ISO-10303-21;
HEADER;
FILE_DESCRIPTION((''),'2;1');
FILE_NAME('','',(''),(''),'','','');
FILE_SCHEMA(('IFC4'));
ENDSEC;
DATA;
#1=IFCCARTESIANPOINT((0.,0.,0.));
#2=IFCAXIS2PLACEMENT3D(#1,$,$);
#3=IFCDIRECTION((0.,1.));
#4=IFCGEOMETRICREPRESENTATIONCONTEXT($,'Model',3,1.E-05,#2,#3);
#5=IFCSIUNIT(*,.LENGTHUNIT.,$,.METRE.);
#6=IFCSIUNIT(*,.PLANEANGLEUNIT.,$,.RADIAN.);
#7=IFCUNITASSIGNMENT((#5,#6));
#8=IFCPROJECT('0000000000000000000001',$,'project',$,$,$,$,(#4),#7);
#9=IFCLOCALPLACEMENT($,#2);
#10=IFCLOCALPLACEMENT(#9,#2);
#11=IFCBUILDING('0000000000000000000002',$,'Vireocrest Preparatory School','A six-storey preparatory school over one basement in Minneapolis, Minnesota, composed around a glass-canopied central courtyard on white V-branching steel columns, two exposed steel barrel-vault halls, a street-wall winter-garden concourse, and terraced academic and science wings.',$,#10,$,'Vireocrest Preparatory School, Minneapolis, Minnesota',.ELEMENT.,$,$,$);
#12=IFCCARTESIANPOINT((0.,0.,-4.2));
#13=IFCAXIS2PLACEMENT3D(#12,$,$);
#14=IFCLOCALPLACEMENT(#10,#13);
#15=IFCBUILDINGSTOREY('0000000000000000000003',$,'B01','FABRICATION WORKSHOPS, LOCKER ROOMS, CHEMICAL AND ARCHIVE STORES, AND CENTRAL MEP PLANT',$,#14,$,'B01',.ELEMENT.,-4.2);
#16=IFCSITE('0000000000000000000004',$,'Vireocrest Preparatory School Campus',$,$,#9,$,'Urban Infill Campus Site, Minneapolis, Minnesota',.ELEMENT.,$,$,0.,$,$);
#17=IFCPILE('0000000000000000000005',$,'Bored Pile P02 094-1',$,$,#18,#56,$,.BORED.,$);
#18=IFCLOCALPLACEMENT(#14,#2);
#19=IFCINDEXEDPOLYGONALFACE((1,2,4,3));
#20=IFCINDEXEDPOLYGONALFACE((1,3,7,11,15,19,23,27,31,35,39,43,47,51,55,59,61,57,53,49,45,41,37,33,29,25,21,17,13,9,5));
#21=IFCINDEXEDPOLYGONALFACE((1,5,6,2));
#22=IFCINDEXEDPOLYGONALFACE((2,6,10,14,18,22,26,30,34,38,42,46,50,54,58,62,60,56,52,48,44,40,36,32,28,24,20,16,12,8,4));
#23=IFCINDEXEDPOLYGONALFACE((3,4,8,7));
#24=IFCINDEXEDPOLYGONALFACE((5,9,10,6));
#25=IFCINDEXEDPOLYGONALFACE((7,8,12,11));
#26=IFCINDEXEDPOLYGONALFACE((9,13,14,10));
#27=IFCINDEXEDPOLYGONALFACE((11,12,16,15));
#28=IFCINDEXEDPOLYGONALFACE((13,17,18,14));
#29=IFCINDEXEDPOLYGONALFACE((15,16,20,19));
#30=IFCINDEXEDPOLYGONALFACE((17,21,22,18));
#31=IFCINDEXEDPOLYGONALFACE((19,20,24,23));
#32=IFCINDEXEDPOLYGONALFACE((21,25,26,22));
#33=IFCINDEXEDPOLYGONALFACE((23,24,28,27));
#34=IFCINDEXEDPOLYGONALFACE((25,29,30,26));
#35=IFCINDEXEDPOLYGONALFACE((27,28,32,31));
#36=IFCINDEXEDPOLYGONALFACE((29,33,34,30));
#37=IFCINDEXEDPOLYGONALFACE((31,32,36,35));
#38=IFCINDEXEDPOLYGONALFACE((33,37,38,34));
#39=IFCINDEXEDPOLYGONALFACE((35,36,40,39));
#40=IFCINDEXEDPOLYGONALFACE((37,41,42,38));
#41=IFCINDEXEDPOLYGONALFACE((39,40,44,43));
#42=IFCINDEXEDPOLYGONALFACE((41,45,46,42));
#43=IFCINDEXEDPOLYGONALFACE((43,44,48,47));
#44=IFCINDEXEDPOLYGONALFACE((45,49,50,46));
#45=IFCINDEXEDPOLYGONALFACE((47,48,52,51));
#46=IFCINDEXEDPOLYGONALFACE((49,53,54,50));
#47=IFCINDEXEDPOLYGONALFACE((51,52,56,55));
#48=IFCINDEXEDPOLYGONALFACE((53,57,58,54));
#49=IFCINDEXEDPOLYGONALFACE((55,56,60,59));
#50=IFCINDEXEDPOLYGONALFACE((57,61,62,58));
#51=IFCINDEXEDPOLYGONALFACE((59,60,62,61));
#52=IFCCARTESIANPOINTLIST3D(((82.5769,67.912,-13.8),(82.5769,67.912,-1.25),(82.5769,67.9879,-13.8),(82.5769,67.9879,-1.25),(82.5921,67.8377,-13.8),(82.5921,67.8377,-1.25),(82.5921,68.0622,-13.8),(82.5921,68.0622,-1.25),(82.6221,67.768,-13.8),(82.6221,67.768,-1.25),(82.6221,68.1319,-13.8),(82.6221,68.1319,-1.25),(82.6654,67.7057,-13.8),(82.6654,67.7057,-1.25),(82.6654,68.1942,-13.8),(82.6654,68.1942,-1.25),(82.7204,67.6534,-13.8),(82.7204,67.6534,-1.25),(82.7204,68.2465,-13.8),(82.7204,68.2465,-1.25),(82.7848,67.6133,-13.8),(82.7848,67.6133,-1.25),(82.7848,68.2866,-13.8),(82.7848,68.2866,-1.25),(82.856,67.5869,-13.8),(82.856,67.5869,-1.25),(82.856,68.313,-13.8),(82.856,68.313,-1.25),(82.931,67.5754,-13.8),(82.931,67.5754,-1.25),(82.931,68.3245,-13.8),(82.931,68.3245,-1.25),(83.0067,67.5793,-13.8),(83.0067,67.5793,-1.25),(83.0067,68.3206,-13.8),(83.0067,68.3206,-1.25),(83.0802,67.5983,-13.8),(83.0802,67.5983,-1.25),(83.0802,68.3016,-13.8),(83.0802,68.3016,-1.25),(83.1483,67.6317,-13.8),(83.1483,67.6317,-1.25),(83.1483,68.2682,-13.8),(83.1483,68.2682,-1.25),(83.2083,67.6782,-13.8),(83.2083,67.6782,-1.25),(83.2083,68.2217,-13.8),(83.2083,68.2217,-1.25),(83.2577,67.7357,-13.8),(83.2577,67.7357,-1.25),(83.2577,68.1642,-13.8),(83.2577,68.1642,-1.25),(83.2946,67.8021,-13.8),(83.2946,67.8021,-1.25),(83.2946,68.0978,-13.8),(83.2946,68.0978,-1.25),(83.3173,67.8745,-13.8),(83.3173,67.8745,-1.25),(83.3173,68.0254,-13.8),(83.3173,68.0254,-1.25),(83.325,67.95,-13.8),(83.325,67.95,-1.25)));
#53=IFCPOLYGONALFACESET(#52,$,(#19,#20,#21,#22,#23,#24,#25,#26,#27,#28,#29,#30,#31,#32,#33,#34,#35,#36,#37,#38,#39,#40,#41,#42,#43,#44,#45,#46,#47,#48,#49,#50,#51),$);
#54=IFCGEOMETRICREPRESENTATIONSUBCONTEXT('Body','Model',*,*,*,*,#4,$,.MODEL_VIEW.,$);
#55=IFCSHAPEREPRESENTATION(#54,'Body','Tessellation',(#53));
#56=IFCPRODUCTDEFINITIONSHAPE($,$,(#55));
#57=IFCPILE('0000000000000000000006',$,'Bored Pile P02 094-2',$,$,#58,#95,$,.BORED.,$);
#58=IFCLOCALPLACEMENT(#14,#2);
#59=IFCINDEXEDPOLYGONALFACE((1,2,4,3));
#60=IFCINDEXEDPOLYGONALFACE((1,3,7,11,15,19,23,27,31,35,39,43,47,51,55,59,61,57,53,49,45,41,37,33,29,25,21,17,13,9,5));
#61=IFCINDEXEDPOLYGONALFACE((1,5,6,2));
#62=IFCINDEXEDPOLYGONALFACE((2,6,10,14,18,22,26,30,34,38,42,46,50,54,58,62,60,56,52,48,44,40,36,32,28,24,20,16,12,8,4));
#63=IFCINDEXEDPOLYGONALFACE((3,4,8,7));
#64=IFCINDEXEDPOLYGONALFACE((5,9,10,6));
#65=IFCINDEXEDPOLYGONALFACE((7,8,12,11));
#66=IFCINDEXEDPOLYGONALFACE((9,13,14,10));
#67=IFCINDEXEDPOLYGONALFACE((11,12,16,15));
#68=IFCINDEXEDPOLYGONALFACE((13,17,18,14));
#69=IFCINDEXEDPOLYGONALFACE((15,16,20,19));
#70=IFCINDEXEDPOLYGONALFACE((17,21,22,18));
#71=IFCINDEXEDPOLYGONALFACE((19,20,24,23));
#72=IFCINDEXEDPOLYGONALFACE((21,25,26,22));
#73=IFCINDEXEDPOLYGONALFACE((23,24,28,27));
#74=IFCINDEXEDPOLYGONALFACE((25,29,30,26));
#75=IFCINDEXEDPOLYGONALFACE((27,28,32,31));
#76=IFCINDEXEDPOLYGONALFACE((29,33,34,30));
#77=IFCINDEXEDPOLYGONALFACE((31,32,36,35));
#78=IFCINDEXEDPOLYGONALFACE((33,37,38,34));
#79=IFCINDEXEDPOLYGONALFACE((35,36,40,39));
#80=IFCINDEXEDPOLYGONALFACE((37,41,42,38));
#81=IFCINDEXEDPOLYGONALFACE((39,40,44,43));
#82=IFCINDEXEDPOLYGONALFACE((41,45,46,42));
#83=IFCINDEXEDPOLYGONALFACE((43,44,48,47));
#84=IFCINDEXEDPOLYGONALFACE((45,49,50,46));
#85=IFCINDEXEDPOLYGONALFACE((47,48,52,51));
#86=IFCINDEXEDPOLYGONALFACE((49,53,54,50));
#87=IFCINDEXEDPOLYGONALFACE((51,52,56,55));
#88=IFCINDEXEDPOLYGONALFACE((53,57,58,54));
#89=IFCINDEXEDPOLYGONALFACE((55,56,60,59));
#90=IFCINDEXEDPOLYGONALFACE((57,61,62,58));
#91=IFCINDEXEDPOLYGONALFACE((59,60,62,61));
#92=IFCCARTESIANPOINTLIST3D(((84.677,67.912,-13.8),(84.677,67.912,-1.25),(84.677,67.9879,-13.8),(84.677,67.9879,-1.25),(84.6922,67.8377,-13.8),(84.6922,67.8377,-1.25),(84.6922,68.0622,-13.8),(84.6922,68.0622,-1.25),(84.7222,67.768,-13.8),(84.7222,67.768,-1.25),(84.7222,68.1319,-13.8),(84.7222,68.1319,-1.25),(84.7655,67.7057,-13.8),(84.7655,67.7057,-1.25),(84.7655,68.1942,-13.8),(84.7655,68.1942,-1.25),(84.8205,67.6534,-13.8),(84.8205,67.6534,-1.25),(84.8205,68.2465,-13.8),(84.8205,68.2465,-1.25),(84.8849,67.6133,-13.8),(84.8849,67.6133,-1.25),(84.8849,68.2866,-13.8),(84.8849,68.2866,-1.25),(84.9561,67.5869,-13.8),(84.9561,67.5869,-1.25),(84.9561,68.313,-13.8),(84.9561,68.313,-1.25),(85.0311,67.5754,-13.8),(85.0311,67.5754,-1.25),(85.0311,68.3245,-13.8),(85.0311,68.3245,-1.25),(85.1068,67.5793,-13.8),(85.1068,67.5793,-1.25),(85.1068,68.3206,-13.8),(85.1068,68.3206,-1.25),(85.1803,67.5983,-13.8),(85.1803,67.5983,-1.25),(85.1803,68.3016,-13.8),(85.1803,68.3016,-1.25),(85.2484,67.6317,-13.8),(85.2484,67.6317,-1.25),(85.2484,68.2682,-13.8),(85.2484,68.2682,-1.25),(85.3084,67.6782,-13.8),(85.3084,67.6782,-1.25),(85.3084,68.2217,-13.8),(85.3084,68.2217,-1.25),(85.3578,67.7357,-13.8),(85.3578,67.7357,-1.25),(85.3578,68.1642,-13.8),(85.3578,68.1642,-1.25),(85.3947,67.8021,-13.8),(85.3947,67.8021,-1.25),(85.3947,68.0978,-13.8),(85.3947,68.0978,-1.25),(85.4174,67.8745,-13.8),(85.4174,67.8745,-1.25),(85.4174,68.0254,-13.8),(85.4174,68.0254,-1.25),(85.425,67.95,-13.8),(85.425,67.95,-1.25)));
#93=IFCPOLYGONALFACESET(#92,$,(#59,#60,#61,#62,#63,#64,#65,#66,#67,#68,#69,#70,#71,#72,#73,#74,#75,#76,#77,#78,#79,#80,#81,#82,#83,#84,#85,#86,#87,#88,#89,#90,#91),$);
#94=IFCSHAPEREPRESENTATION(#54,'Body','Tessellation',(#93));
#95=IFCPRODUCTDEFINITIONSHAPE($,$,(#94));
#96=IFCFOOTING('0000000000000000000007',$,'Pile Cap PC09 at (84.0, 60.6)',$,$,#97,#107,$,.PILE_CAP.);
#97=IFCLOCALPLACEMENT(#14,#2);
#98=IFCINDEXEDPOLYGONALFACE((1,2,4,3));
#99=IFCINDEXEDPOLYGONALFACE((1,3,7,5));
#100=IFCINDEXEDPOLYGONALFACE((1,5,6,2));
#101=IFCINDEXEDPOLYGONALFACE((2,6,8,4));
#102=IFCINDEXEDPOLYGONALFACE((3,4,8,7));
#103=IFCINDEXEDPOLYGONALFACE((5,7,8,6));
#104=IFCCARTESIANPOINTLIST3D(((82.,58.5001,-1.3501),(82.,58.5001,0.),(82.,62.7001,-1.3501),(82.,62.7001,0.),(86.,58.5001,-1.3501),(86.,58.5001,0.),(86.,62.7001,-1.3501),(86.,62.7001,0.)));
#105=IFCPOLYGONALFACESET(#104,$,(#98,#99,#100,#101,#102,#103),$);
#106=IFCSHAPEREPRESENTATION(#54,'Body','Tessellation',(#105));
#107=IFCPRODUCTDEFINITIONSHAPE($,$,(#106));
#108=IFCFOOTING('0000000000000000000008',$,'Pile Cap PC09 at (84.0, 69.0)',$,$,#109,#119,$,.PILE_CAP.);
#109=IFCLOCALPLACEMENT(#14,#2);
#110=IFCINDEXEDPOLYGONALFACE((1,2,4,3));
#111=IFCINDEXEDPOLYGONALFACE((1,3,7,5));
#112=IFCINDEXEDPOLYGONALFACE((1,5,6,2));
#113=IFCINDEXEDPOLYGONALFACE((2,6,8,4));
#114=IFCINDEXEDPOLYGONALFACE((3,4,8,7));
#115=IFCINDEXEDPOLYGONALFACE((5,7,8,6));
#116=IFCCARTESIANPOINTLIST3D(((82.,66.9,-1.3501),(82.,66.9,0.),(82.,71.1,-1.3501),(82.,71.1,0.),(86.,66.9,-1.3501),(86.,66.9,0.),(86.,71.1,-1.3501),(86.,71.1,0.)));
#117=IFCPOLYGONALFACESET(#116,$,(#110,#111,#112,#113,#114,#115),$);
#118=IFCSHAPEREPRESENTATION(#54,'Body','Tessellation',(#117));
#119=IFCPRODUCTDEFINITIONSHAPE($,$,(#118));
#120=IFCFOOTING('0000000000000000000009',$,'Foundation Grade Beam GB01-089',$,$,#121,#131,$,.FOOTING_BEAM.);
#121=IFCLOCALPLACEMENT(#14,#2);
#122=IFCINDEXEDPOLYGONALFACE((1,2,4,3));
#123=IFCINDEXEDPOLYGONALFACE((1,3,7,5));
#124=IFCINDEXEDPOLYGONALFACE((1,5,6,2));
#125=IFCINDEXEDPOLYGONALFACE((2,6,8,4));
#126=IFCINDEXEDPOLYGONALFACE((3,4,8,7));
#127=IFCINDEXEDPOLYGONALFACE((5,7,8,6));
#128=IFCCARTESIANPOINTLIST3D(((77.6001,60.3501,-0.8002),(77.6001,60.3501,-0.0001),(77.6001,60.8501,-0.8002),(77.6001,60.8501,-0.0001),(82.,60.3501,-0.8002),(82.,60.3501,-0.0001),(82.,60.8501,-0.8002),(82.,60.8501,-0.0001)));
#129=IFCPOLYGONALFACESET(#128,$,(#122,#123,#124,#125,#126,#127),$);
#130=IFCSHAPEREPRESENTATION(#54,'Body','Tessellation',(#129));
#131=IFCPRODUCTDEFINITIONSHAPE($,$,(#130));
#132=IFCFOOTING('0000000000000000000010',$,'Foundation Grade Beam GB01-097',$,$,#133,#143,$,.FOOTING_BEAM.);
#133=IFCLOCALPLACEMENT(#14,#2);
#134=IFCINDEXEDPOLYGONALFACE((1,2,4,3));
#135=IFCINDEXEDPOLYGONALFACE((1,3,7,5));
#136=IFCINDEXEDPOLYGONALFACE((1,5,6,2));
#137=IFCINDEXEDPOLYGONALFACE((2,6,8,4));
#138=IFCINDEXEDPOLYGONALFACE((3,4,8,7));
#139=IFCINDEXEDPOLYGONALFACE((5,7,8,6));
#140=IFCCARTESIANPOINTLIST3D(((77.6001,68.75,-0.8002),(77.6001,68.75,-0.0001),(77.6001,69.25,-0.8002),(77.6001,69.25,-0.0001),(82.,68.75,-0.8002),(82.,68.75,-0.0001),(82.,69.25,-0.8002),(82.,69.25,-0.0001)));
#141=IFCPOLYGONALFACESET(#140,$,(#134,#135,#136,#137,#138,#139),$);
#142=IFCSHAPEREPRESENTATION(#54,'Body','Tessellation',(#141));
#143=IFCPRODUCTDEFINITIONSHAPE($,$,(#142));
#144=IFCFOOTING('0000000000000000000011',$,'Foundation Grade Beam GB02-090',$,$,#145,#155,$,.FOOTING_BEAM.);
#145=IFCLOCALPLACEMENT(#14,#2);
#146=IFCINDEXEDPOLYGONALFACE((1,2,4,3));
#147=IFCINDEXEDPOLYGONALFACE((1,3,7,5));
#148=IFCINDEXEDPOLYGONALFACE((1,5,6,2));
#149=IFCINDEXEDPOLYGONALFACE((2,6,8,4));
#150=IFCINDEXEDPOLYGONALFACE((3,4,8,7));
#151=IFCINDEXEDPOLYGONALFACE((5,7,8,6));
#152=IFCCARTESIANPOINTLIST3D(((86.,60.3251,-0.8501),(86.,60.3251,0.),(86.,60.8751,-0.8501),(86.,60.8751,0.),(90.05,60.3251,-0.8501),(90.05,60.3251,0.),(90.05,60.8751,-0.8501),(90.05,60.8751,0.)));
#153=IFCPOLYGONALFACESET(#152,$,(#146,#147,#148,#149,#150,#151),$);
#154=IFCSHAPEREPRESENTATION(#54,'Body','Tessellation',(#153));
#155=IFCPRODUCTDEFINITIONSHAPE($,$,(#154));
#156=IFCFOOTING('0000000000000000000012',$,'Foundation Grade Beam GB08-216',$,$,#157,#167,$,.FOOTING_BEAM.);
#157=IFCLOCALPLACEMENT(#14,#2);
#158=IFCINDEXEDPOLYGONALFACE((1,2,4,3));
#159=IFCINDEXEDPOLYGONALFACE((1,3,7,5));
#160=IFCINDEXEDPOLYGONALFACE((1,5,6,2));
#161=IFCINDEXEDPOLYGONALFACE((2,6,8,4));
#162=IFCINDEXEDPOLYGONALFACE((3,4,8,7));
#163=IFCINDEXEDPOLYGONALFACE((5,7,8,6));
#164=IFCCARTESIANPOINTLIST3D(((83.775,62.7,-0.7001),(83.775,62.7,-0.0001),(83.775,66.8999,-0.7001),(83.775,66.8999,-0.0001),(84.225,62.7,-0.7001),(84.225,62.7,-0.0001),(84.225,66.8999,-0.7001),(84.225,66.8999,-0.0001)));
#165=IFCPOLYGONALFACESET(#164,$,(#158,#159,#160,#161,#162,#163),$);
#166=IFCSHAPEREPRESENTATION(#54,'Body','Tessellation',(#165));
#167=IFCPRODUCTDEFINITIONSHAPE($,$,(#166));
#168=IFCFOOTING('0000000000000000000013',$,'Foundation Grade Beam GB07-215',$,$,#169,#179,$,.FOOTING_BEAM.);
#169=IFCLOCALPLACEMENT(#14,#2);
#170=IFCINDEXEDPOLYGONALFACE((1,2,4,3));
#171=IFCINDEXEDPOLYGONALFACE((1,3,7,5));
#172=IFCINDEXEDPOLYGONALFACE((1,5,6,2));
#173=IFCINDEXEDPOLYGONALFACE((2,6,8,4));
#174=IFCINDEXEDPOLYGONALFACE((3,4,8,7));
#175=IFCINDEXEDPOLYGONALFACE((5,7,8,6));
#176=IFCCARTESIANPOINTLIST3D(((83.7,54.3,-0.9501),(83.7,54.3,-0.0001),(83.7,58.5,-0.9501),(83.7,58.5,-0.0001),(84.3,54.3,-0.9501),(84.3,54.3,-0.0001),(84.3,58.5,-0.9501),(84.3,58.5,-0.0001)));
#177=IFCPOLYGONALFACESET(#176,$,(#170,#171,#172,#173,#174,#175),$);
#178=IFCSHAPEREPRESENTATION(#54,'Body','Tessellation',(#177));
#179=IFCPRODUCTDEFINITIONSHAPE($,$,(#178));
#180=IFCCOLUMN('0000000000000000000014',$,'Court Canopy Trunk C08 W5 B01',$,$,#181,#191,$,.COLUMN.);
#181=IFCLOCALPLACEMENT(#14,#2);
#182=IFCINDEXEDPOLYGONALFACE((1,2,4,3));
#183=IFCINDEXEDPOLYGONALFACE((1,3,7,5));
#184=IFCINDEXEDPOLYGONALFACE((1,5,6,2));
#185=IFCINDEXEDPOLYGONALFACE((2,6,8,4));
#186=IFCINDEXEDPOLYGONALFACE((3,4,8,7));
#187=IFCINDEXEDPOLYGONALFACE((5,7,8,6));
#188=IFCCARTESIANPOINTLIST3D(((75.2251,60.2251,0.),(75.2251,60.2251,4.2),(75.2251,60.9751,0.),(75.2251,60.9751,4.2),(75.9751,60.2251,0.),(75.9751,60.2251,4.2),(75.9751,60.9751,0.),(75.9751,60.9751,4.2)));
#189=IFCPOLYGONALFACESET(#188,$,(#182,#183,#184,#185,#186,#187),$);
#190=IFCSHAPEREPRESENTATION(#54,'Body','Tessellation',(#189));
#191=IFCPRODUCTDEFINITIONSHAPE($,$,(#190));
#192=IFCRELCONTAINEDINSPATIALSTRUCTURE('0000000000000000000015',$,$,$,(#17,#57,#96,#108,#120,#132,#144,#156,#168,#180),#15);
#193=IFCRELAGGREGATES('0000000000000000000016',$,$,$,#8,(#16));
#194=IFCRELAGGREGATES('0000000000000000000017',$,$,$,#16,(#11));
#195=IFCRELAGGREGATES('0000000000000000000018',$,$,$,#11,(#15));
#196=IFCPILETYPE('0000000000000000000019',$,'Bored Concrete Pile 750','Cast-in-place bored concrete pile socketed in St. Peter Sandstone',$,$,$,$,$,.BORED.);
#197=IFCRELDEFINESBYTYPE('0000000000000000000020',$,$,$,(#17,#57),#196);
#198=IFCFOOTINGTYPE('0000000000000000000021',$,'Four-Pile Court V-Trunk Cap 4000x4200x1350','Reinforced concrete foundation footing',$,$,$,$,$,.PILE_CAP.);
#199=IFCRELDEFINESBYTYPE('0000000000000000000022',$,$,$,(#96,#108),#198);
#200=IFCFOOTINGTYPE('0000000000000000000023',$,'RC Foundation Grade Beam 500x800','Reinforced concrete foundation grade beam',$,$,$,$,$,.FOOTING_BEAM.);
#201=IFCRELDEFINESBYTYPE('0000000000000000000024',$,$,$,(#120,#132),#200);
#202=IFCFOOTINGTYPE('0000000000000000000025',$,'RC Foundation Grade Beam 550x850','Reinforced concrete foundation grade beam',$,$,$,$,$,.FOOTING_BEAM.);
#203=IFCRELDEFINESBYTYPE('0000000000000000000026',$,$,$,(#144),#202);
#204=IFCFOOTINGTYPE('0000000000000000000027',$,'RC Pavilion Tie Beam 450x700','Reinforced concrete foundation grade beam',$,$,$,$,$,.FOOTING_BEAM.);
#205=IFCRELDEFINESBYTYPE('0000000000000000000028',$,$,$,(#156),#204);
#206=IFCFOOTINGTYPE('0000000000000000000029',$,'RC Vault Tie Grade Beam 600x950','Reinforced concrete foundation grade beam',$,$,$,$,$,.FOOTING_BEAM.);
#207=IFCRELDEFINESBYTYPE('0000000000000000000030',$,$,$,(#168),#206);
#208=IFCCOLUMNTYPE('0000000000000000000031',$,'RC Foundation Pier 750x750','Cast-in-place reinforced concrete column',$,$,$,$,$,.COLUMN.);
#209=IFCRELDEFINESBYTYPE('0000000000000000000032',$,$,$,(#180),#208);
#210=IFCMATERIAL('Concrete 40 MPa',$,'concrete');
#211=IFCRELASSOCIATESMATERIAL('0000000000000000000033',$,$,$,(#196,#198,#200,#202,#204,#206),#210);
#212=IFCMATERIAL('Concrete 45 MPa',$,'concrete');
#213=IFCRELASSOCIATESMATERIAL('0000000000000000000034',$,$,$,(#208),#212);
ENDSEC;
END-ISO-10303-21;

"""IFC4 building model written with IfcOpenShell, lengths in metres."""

from ifc_helpers import new_model, si_unit, direction, frame, origin, origin_2d, place, context, subcontext, project, spatial, rectangle, circle, extrude, material, material_profile, profile_set, type_object, element, save


model = new_model("IFC4")

# Units and contexts
model_context = context("Model", 3, precision=1e-05, world=origin(), true_north=direction((0.0, 1.0)))
body_context = subcontext(model_context, "Body", "Model", "MODEL_VIEW")
ifc_project = project(units=[si_unit("LENGTHUNIT", "METRE"), si_unit("PLANEANGLEUNIT", "RADIAN")], contexts=[model_context])

# Site, building, storey
site_placement = place(None, origin())
site = spatial("IfcSite", under=ifc_project, at=site_placement, Name="Vireocrest Preparatory School Campus", LongName="Urban Infill Campus Site, Minneapolis, Minnesota", CompositionType="ELEMENT", RefElevation=0.0)
building_placement = place(site_placement, origin())
building = spatial("IfcBuilding", under=site, at=building_placement, Name="Vireocrest Preparatory School", Description="A six-storey preparatory school over one basement in Minneapolis, Minnesota, composed around a glass-canopied central courtyard on white V-branching steel columns, two exposed steel barrel-vault halls, a street-wall winter-garden concourse, and terraced academic and science wings.", LongName="Vireocrest Preparatory School, Minneapolis, Minnesota", CompositionType="ELEMENT")
storey_placement = place(building_placement, frame((0.0, 0.0, -4.2)))
storey = spatial("IfcBuildingStorey", under=building, at=storey_placement, Name="B01", Description="FABRICATION WORKSHOPS, LOCKER ROOMS, CHEMICAL AND ARCHIVE STORES, AND CENTRAL MEP PLANT", LongName="B01", CompositionType="ELEMENT", Elevation=-4.2)

# Piles
ifc_material_1 = material(Name="Concrete 40 MPa", Category="concrete")
ifc_material_profile_1 = material_profile(ifc_material_1, circle(Radius=0.375, at=origin_2d()), Name="BORED PILE 750")
ifc_profile_set_1 = profile_set([ifc_material_profile_1], Name="Concrete 40 MPa")
pile_type = type_object("IfcPileType", Name="Bored Concrete Pile 750", Description="Cast-in-place bored concrete pile socketed in St. Peter Sandstone", PredefinedType="BORED", material=ifc_profile_set_1)
for number, where, z_axis, x_axis, name in (
    (1, (82.95, 67.95, -1.25), (0.0, 0.0, -1.0), (1.0, 0.0, 0.0), "Bored Pile P02 094-1"),
    (2, (85.05, 67.95, -1.25), (0.0, 0.0, -1.0), (1.0, 0.0, 0.0), "Bored Pile P02 094-2"),
):
    element("IfcPile", number, at=place(storey_placement, frame(where, z_axis=z_axis, x_axis=x_axis)), inside=storey, type_object=pile_type, Name=name, PredefinedType="BORED", context=body_context, shape_type="SweptSolid", body=[
        extrude(circle(Radius=0.375, at=origin_2d()), origin(), (0.0, 0.0, 1.0), 12.55),
    ])

# Footings
footing_type_1 = type_object("IfcFootingType", Name="Four-Pile Court V-Trunk Cap 4000x4200x1350", Description="Reinforced concrete foundation footing", PredefinedType="PILE_CAP", material=ifc_material_1)
for number, where, z_axis, x_axis, name in (
    (3, (84.0, 60.6001, -1.3501), (0.0, 0.0, 1.0), (1.0, 0.0, 0.0), "Pile Cap PC09 at (84.0, 60.6)"),
    (4, (84.0, 69.0, -1.3501), (0.0, 0.0, 1.0), (1.0, 0.0, 0.0), "Pile Cap PC09 at (84.0, 69.0)"),
):
    element("IfcFooting", number, at=place(storey_placement, frame(where, z_axis=z_axis, x_axis=x_axis)), inside=storey, type_object=footing_type_1, Name=name, PredefinedType="PILE_CAP", context=body_context, shape_type="SweptSolid", body=[
        extrude(rectangle(XDim=4.0, YDim=4.2, at=origin_2d()), origin(), (0.0, 0.0, 1.0), 1.3501),
    ])
ifc_material_profile_2 = material_profile(ifc_material_1, rectangle(XDim=0.5, YDim=0.8, at=origin_2d()), Name="GB 500x800")
ifc_profile_set_2 = profile_set([ifc_material_profile_2], Name="Concrete 40 MPa")
footing_type_2 = type_object("IfcFootingType", Name="RC Foundation Grade Beam 500x800", Description="Reinforced concrete foundation grade beam", PredefinedType="FOOTING_BEAM", material=ifc_profile_set_2)
for number, where, z_axis, x_axis, name in (
    (5, (77.6001, 60.6001, -0.4001), (1.0, 0.0, 0.0), (0.0, 1.0, 0.0), "Foundation Grade Beam GB01-089"),
    (6, (77.6001, 69.0, -0.4001), (1.0, 0.0, 0.0), (0.0, 1.0, 0.0), "Foundation Grade Beam GB01-097"),
):
    element("IfcFooting", number, at=place(storey_placement, frame(where, z_axis=z_axis, x_axis=x_axis)), inside=storey, type_object=footing_type_2, Name=name, PredefinedType="FOOTING_BEAM", context=body_context, shape_type="SweptSolid", body=[
        extrude(rectangle(XDim=0.5, YDim=0.8, at=origin_2d()), origin(), (0.0, 0.0, 1.0), 4.3999),
    ])
ifc_material_profile_3 = material_profile(ifc_material_1, rectangle(XDim=0.55, YDim=0.8501, at=origin_2d()), Name="GB 550x850")
ifc_profile_set_3 = profile_set([ifc_material_profile_3], Name="Concrete 40 MPa")
footing_type_3 = type_object("IfcFootingType", Name="RC Foundation Grade Beam 550x850", Description="Reinforced concrete foundation grade beam", PredefinedType="FOOTING_BEAM", material=ifc_profile_set_3)
footing_1_placement = place(storey_placement, frame((86.0, 60.6001, -0.425), z_axis=(1.0, 0.0, 0.0), x_axis=(0.0, 1.0, 0.0)))
element("IfcFooting", 7, at=footing_1_placement, inside=storey, type_object=footing_type_3, Name="Foundation Grade Beam GB02-090", PredefinedType="FOOTING_BEAM", context=body_context, shape_type="SweptSolid", body=[
    extrude(rectangle(XDim=0.55, YDim=0.8501, at=origin_2d()), origin(), (0.0, 0.0, 1.0), 4.05),
])
ifc_material_profile_4 = material_profile(ifc_material_1, rectangle(XDim=0.45, YDim=0.7, at=origin_2d()), Name="GB 450x700")
ifc_profile_set_4 = profile_set([ifc_material_profile_4], Name="Concrete 40 MPa")
footing_type_4 = type_object("IfcFootingType", Name="RC Pavilion Tie Beam 450x700", Description="Reinforced concrete foundation grade beam", PredefinedType="FOOTING_BEAM", material=ifc_profile_set_4)
footing_2_placement = place(storey_placement, frame((84.0, 62.7, -0.3501), z_axis=(0.0, 1.0, 0.0), x_axis=(-1.0, 0.0, 0.0)))
element("IfcFooting", 8, at=footing_2_placement, inside=storey, type_object=footing_type_4, Name="Foundation Grade Beam GB08-216", PredefinedType="FOOTING_BEAM", context=body_context, shape_type="SweptSolid", body=[
    extrude(rectangle(XDim=0.45, YDim=0.7, at=origin_2d()), origin(), (0.0, 0.0, 1.0), 4.2),
])
ifc_material_profile_5 = material_profile(ifc_material_1, rectangle(XDim=0.6001, YDim=0.95, at=origin_2d()), Name="GB 600x950")
ifc_profile_set_5 = profile_set([ifc_material_profile_5], Name="Concrete 40 MPa")
footing_type_5 = type_object("IfcFootingType", Name="RC Vault Tie Grade Beam 600x950", Description="Reinforced concrete foundation grade beam", PredefinedType="FOOTING_BEAM", material=ifc_profile_set_5)
footing_3_placement = place(storey_placement, frame((84.0, 54.3, -0.4751), z_axis=(0.0, 1.0, 0.0), x_axis=(-1.0, 0.0, 0.0)))
element("IfcFooting", 9, at=footing_3_placement, inside=storey, type_object=footing_type_5, Name="Foundation Grade Beam GB07-215", PredefinedType="FOOTING_BEAM", context=body_context, shape_type="SweptSolid", body=[
    extrude(rectangle(XDim=0.6001, YDim=0.95, at=origin_2d()), origin(), (0.0, 0.0, 1.0), 4.2),
])

# Column
ifc_material_2 = material(Name="Concrete 45 MPa", Category="concrete")
ifc_material_profile_6 = material_profile(ifc_material_2, rectangle(XDim=0.75, YDim=0.75, at=origin_2d()), Name="RC 750x750")
ifc_profile_set_6 = profile_set([ifc_material_profile_6], Name="Concrete 45 MPa")
column_type = type_object("IfcColumnType", Name="RC Foundation Pier 750x750", Description="Cast-in-place reinforced concrete column", PredefinedType="COLUMN", material=ifc_profile_set_6)
for number, where, z_axis, x_axis, name in (
    (10, (75.6001, 60.6001, 0.0), (0.0, 0.0, 1.0), (1.0, 0.0, 0.0), "Court Canopy Trunk C08 W5 B01"),
):
    element("IfcColumn", number, at=place(storey_placement, frame(where, z_axis=z_axis, x_axis=x_axis)), inside=storey, type_object=column_type, Name=name, PredefinedType="COLUMN", context=body_context, shape_type="SweptSolid", body=[
        extrude(rectangle(XDim=0.75, YDim=0.75, at=origin_2d()), origin(), (0.0, 0.0, 1.0), 4.2),
    ])

save(model, "model.ifc")
